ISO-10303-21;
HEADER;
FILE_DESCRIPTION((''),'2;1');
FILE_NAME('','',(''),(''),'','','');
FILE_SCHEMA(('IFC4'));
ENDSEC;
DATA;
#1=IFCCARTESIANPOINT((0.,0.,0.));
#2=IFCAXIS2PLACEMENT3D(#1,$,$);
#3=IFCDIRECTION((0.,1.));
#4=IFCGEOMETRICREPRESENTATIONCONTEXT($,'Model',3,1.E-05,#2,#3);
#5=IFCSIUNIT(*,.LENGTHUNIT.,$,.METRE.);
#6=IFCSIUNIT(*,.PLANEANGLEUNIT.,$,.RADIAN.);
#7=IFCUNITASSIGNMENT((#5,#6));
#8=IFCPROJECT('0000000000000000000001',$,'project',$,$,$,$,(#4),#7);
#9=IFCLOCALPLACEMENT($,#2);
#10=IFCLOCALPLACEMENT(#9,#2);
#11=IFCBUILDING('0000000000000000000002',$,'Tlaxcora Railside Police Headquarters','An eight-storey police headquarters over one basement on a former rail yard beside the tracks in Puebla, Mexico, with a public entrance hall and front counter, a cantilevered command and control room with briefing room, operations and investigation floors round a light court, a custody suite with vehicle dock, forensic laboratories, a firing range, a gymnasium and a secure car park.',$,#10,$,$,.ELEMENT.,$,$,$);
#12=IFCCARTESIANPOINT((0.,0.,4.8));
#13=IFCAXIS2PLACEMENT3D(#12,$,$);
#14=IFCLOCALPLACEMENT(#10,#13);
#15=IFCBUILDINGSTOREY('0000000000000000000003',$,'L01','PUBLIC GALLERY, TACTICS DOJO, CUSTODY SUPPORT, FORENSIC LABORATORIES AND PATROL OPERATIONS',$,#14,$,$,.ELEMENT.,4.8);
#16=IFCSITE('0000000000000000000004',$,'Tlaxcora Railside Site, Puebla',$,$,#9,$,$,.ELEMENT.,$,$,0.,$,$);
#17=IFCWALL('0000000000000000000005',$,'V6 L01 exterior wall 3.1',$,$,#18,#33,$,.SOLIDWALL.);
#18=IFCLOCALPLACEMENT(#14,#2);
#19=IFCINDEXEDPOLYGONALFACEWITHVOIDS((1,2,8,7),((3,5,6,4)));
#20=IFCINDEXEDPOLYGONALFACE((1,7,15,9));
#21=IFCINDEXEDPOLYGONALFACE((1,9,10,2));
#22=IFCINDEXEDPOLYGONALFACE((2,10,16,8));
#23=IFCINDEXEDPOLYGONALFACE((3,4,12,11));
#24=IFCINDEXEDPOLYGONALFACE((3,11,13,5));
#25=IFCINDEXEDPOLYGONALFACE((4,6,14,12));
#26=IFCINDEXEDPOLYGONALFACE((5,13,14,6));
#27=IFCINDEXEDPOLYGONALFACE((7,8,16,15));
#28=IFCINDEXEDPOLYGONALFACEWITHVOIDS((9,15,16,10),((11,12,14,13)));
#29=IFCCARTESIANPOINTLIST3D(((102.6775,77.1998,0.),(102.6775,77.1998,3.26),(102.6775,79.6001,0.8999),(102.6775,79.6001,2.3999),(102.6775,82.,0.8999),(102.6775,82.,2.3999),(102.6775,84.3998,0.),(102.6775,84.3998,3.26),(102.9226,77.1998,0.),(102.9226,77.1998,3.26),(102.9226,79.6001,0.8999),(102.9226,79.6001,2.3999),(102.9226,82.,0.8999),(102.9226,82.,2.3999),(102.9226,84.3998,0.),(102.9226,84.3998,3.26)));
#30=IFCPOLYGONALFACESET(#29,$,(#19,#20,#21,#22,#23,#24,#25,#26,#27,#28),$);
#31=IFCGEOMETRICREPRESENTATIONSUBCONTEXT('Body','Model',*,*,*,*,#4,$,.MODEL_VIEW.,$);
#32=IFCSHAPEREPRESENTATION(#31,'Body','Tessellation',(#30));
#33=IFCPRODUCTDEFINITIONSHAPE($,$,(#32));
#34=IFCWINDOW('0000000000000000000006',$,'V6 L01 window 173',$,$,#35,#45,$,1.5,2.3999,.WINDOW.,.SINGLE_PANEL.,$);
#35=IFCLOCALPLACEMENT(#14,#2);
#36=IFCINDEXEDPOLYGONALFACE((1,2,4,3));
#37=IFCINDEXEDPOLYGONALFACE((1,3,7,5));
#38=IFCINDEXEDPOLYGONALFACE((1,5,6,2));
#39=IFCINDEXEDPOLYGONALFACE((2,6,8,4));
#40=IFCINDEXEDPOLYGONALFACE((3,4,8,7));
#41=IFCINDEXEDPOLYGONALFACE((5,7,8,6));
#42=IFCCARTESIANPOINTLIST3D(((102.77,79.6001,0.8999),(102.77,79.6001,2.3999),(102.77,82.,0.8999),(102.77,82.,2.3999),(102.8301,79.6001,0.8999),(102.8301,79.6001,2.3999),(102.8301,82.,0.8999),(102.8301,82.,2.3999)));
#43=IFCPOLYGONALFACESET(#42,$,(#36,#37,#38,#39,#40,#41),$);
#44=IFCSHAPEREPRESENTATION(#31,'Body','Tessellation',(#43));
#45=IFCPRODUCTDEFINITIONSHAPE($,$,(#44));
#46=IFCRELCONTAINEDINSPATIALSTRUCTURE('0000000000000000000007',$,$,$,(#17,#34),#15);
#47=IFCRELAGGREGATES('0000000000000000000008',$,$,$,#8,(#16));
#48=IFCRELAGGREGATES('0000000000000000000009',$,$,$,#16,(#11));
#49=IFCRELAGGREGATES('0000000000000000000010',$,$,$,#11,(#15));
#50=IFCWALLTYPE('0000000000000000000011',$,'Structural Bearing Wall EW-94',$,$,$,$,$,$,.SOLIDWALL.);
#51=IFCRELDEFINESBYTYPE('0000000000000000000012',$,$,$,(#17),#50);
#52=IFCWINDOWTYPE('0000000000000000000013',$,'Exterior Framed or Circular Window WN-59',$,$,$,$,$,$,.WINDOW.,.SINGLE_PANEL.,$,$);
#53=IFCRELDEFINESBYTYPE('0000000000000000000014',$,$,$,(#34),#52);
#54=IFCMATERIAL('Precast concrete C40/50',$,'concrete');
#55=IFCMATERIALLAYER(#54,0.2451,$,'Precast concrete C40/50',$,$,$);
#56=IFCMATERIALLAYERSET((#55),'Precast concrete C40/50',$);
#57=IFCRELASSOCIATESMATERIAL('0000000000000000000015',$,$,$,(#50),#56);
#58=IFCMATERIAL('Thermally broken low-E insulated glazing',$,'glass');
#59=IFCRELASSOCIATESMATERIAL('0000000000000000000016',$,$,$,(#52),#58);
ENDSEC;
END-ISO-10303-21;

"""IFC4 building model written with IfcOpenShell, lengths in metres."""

from ifc_helpers import new_model, si_unit, direction, frame, frame_2d, origin, place, context, subcontext, project, spatial, rectangle, extrude, material, layer, layer_set, type_object, element, fill, save


model = new_model("IFC4")

# Units and contexts
model_context = context("Model", 3, precision=1e-05, world=origin(), true_north=direction((0.0, 1.0)))
body_context = subcontext(model_context, "Body", "Model", "MODEL_VIEW")
ifc_project = project(units=[si_unit("LENGTHUNIT", "METRE"), si_unit("PLANEANGLEUNIT", "RADIAN")], contexts=[model_context])

# Site, building, storey
site_placement = place(None, origin())
site = spatial("IfcSite", under=ifc_project, at=site_placement, Name="Tlaxcora Railside Site, Puebla", CompositionType="ELEMENT", RefElevation=0.0)
building_placement = place(site_placement, origin())
building = spatial("IfcBuilding", under=site, at=building_placement, Name="Tlaxcora Railside Police Headquarters", Description="An eight-storey police headquarters over one basement on a former rail yard beside the tracks in Puebla, Mexico, with a public entrance hall and front counter, a cantilevered command and control room with briefing room, operations and investigation floors round a light court, a custody suite with vehicle dock, forensic laboratories, a firing range, a gymnasium and a secure car park.", CompositionType="ELEMENT")
storey_placement = place(building_placement, frame((0.0, 0.0, 4.8)))
storey = spatial("IfcBuildingStorey", under=building, at=storey_placement, Name="L01", Description="PUBLIC GALLERY, TACTICS DOJO, CUSTODY SUPPORT, FORENSIC LABORATORIES AND PATROL OPERATIONS", CompositionType="ELEMENT", Elevation=4.8)

# Shared definitions
ifc_material_1 = material(Name="Thermally broken low-E insulated glazing", Category="glass")

# Wall, opening, window
ifc_material_2 = material(Name="Precast concrete C40/50", Category="concrete")
ifc_layer_1 = layer(ifc_material_2, 0.2451, Name="Precast concrete C40/50")
ifc_layer_set_1 = layer_set([ifc_layer_1], Name="Precast concrete C40/50")
wall_type_1 = type_object("IfcWallType", Name="Structural Bearing Wall EW-94", PredefinedType="SOLIDWALL", material=ifc_layer_set_1)
wall_1_placement = place(storey_placement, frame((102.8, 84.3999, 0.0), z_axis=(0.0, 0.0, 1.0), x_axis=(0.0, -1.0, 0.0)))
wall_1 = element("IfcWall", 1, at=wall_1_placement, inside=storey, type_object=wall_type_1, Name="V6 L01 exterior wall 3.1", PredefinedType="SOLIDWALL", context=body_context, shape_type="SweptSolid", body=[
    extrude(rectangle(XDim=7.2, YDim=0.2451, at=frame_2d((3.6001, 0.0))), origin(), (0.0, 0.0, 1.0), 3.26),
])
opening_1_placement = place(wall_1_placement, frame((2.3999, 0.0, 0.8999)))
opening_1 = element("IfcOpeningElement", 2, at=opening_1_placement, cuts=wall_1, PredefinedType="OPENING", context=body_context, shape_type="SweptSolid", body=[
    extrude(rectangle(XDim=2.3999, YDim=1.5, at=frame_2d((1.2, 0.75))), frame((0.0, 0.1326, 0.0), z_axis=(0.0, -1.0, 0.0), x_axis=(1.0, 0.0, 0.0)), (0.0, 0.0, 1.0), 0.2651),
])
window_type = type_object("IfcWindowType", Name="Exterior Framed or Circular Window WN-59", PartitioningType="SINGLE_PANEL", PredefinedType="WINDOW", material=ifc_material_1)
window_placement = place(opening_1_placement, origin())
window = element("IfcWindow", 3, at=window_placement, inside=storey, type_object=window_type, Name="V6 L01 window 173", OverallHeight=1.5, OverallWidth=2.3999, PartitioningType="SINGLE_PANEL", PredefinedType="WINDOW", context=body_context, shape_type="SweptSolid", body=[
    extrude(rectangle(XDim=2.3999, YDim=1.5, at=frame_2d((1.2, 0.75))), frame((0.0, 0.03, 0.0), z_axis=(0.0, -1.0, 0.0), x_axis=(1.0, 0.0, 0.0)), (0.0, 0.0, 1.0), 0.0601),
])
fill(opening_1, window)

save(model, "model.ifc")
